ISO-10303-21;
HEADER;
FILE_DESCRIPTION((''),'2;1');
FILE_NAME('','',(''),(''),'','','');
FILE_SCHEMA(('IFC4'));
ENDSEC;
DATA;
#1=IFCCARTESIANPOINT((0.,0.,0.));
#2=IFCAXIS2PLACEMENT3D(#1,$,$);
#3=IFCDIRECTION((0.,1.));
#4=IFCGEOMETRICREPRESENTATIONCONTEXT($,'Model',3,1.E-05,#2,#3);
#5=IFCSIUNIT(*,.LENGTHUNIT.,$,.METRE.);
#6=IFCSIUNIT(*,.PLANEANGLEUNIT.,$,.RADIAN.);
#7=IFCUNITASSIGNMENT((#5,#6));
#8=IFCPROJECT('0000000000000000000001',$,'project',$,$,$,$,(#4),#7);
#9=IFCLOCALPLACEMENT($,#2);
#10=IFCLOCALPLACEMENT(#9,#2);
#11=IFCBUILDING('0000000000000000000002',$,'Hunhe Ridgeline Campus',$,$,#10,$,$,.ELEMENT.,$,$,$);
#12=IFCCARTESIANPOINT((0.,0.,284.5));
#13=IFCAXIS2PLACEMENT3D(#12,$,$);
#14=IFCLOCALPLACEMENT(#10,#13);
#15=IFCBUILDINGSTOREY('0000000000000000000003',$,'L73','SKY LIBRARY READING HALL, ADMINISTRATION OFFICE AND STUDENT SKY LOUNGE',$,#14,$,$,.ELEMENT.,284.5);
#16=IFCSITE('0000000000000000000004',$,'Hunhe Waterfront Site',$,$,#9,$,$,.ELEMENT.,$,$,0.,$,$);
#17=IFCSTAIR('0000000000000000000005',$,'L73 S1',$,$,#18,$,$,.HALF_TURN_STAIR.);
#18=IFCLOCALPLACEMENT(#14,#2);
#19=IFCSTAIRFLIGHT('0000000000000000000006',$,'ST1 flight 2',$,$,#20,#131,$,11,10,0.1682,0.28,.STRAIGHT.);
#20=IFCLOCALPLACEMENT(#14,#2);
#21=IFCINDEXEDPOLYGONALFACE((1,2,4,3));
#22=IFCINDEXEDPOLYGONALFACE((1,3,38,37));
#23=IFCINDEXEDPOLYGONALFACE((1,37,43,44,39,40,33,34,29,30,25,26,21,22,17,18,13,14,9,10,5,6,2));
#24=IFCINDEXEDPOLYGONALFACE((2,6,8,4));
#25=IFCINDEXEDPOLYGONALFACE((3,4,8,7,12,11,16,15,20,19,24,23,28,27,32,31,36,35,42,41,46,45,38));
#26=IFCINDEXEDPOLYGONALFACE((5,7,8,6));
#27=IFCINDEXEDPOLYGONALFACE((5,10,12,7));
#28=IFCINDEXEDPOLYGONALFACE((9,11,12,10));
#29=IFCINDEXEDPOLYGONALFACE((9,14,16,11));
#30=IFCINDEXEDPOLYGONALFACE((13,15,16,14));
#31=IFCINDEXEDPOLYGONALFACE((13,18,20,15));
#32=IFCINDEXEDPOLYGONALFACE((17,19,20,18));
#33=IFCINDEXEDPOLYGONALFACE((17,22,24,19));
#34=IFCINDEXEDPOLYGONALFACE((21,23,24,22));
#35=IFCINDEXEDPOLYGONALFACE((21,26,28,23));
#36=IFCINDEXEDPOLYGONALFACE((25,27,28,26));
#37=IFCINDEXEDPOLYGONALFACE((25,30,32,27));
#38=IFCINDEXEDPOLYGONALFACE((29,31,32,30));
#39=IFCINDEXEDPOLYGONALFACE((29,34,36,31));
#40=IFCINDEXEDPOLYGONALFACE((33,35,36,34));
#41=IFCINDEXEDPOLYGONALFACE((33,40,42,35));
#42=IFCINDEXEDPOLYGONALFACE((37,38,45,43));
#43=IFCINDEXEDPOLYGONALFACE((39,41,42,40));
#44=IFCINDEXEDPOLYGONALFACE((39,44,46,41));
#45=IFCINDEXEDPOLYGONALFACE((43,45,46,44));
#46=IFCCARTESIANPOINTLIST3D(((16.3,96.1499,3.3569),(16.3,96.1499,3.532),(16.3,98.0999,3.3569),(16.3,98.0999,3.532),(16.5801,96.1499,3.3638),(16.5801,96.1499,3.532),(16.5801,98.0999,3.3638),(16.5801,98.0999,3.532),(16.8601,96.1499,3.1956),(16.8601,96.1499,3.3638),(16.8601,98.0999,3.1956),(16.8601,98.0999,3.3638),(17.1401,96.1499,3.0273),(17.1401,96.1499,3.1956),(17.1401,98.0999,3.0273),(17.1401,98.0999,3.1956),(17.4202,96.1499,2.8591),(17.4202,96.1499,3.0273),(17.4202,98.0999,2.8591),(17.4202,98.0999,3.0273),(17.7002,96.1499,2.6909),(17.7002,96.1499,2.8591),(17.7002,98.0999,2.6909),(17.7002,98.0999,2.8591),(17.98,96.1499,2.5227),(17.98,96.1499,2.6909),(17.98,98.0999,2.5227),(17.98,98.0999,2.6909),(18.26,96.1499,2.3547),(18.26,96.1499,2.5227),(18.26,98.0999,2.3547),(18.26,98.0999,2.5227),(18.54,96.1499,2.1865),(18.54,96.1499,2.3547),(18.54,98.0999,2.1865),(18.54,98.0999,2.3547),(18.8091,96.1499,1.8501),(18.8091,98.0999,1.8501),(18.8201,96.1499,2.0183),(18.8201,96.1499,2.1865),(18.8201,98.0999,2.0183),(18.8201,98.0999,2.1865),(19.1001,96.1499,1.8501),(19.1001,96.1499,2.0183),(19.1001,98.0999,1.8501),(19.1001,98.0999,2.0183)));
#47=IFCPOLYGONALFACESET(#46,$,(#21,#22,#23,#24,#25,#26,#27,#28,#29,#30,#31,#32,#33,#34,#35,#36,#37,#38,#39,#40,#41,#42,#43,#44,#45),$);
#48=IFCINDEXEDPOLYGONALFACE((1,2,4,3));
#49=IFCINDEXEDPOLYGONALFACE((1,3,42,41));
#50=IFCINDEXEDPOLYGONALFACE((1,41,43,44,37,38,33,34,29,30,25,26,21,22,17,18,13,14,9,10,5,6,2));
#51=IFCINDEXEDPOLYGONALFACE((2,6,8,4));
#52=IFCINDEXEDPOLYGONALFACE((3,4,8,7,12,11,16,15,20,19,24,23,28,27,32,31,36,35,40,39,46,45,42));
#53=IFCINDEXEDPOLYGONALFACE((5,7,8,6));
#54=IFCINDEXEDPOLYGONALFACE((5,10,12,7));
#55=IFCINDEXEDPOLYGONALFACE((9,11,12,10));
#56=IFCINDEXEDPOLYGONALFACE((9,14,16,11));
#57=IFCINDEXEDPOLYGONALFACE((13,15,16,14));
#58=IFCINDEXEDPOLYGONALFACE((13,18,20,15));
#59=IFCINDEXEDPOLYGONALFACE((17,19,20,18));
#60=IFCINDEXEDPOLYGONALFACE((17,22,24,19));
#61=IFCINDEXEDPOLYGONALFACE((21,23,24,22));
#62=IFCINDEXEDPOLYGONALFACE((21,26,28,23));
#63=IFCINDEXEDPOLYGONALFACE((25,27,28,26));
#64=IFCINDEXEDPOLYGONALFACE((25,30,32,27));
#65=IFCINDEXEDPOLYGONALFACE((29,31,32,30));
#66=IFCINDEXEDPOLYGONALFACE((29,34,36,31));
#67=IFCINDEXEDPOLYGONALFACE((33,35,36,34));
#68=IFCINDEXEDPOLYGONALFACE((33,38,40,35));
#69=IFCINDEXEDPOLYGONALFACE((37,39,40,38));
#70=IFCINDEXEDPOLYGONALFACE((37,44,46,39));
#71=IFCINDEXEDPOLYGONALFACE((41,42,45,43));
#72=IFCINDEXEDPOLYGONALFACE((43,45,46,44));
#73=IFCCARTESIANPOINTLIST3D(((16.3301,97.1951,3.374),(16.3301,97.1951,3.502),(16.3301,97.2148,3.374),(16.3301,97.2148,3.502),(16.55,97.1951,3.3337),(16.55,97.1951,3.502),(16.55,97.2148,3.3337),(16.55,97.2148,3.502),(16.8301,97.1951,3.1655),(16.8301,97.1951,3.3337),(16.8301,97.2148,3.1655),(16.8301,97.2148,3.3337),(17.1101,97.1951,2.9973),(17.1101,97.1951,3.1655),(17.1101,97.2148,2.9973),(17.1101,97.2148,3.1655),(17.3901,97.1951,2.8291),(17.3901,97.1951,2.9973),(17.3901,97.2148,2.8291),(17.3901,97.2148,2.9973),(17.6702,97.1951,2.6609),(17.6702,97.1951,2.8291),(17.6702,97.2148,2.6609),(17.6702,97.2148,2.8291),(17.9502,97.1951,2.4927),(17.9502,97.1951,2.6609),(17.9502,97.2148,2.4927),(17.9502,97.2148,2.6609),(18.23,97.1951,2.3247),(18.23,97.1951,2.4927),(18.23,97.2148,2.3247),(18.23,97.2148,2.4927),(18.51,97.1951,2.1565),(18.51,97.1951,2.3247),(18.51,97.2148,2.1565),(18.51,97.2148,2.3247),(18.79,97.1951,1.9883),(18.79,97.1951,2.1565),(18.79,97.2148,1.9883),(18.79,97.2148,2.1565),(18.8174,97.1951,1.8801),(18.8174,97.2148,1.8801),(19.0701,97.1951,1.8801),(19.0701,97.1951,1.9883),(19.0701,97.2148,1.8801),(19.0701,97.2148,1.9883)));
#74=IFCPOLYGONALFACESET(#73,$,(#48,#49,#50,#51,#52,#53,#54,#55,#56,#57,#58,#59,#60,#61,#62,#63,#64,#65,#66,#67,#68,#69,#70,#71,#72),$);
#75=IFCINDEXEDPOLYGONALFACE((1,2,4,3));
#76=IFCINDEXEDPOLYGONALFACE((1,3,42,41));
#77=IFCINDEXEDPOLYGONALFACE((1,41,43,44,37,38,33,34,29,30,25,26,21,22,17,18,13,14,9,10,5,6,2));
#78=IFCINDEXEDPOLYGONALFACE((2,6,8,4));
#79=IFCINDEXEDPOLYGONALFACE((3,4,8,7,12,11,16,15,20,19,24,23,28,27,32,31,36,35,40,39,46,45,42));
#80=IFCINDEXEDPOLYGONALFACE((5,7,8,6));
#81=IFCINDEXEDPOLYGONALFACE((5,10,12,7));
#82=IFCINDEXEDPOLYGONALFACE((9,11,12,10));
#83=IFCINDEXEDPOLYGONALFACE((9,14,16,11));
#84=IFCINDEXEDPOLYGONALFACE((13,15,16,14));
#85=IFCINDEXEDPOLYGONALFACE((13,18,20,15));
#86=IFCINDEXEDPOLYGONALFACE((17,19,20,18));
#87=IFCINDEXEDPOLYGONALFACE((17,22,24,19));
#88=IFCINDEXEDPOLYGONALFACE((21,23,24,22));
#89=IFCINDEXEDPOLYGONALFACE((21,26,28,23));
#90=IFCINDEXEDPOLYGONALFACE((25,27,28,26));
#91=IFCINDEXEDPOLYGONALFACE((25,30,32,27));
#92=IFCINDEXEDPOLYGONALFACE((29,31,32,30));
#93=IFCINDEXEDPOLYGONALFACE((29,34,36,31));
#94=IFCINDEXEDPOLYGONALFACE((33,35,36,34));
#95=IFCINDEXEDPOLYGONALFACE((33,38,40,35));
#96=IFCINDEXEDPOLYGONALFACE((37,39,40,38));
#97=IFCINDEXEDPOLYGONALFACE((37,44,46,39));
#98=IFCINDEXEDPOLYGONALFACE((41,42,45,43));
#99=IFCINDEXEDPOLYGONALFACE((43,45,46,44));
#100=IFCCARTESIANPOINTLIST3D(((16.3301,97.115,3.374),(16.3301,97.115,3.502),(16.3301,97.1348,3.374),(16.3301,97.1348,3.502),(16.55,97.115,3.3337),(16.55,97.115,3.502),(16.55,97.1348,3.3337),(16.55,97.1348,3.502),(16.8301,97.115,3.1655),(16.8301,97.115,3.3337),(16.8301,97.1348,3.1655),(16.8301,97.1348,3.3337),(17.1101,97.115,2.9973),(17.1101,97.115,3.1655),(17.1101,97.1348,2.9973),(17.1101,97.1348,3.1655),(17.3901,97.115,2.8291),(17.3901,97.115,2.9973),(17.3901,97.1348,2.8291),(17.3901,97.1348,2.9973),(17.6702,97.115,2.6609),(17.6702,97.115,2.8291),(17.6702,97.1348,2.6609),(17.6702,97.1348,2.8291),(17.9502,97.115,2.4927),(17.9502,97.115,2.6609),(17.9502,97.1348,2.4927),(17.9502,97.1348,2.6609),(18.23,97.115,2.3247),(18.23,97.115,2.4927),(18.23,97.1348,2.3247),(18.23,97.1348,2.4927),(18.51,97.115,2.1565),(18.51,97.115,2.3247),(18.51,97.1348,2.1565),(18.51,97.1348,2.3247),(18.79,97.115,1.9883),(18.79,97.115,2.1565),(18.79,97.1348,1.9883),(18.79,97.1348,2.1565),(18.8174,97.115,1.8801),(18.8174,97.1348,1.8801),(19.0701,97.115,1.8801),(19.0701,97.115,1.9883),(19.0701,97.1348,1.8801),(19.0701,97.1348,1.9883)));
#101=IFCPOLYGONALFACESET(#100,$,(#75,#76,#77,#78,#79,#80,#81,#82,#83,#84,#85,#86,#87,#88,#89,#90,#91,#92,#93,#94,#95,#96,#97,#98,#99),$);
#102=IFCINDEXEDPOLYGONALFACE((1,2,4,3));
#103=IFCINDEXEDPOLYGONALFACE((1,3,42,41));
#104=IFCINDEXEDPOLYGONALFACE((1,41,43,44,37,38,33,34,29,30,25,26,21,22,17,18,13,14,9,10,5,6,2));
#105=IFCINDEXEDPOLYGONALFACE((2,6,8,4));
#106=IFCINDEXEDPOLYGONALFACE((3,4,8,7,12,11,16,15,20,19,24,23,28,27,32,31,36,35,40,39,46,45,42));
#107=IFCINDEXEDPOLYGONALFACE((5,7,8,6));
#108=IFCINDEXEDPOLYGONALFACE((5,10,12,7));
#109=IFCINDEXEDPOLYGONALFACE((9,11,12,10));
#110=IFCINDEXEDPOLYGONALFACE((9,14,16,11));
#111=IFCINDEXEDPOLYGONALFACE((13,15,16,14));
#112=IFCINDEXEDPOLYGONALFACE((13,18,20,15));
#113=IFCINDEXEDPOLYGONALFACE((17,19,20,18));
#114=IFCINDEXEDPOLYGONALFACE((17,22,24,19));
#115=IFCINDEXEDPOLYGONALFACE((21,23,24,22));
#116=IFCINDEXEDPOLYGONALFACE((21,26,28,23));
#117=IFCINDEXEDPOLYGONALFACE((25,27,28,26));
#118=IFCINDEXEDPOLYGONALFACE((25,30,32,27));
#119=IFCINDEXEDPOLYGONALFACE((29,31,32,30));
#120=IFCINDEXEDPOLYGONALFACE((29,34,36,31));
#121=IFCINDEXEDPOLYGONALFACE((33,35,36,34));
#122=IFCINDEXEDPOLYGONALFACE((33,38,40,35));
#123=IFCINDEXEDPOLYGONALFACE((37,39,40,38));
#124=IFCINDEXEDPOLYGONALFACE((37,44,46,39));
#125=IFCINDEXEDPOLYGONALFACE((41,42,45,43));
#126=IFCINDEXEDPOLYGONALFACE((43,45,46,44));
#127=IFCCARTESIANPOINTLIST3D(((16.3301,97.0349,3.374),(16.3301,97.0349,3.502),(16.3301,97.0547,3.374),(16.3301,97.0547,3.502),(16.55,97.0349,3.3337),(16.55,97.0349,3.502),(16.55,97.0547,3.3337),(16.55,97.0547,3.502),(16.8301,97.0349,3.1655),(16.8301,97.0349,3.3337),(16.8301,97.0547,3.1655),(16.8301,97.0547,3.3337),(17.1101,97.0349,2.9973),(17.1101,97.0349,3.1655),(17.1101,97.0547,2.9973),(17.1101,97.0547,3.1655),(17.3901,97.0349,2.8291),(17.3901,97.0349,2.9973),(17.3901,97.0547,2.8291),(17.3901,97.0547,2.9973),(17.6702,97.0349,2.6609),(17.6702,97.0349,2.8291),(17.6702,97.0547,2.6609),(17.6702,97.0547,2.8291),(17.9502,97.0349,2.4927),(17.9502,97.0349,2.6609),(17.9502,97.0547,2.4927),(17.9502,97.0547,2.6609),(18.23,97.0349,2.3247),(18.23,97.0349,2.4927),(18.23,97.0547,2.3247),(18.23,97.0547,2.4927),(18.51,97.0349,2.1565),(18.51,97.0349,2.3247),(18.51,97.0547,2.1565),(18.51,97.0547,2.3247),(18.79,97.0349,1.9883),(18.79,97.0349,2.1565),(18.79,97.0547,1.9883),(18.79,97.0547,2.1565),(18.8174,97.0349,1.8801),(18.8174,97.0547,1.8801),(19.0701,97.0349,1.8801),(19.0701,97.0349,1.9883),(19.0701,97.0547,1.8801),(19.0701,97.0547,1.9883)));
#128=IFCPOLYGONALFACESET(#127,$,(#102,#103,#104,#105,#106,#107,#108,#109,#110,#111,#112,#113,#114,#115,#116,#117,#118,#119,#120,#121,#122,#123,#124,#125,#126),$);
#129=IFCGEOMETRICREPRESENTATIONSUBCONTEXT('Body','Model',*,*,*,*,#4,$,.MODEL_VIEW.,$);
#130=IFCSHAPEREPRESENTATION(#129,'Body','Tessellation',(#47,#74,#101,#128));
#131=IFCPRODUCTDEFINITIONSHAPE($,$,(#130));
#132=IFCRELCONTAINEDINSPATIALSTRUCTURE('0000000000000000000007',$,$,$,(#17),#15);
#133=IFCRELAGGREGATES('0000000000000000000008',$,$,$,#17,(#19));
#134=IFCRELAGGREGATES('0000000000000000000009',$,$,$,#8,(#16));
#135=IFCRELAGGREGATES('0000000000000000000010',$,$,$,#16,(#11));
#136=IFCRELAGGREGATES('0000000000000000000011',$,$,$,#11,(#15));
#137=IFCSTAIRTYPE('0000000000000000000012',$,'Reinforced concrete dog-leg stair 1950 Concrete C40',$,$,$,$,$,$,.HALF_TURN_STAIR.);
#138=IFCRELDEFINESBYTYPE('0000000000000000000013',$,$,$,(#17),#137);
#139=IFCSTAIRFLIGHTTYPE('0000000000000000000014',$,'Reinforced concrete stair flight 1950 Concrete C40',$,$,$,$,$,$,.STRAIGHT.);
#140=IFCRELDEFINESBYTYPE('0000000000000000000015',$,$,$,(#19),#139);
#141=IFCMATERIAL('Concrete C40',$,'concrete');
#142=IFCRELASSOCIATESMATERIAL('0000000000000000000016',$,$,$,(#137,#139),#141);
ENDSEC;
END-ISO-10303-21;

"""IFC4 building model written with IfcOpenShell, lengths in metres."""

from ifc_helpers import new_model, si_unit, direction, frame, origin, place, context, subcontext, project, spatial, polyline, outline, extrude, material, type_object, element, aggregate, save


model = new_model("IFC4")

# Units and contexts
model_context = context("Model", 3, precision=1e-05, world=origin(), true_north=direction((0.0, 1.0)))
body_context = subcontext(model_context, "Body", "Model", "MODEL_VIEW")
ifc_project = project(units=[si_unit("LENGTHUNIT", "METRE"), si_unit("PLANEANGLEUNIT", "RADIAN")], contexts=[model_context])

# Site, building, storey
site_placement = place(None, origin())
site = spatial("IfcSite", under=ifc_project, at=site_placement, Name="Hunhe Waterfront Site", CompositionType="ELEMENT", RefElevation=0.0)
building_placement = place(site_placement, origin())
building = spatial("IfcBuilding", under=site, at=building_placement, Name="Hunhe Ridgeline Campus", CompositionType="ELEMENT")
storey_placement = place(building_placement, frame((0.0, 0.0, 284.5)))
storey = spatial("IfcBuildingStorey", under=building, at=storey_placement, Name="L73", Description="SKY LIBRARY READING HALL, ADMINISTRATION OFFICE AND STUDENT SKY LOUNGE", CompositionType="ELEMENT", Elevation=284.5)

# Stair, stair flight
ifc_material_1 = material(Name="Concrete C40", Category="concrete")
stair_type = type_object("IfcStairType", Name="Reinforced concrete dog-leg stair 1950 Concrete C40", PredefinedType="HALF_TURN_STAIR", material=ifc_material_1)
stair_placement = place(storey_placement, origin())
stair = element("IfcStair", 1, at=stair_placement, inside=storey, type_object=stair_type, Name="L73 S1", PredefinedType="HALF_TURN_STAIR")
stair_flight_type = type_object("IfcStairFlightType", Name="Reinforced concrete stair flight 1950 Concrete C40", PredefinedType="STRAIGHT", material=ifc_material_1)
stair_flight_1_placement = place(storey_placement, frame((19.1001, 97.125, 1.8501), z_axis=(0.0, 0.0, 1.0), x_axis=(-1.0, 0.0, 0.0)))
stair_flight_1 = element("IfcStairFlight", 2, at=stair_flight_1_placement, type_object=stair_flight_type, Name="ST1 flight 2", NumberOfRisers=11, NumberOfTreads=10, PredefinedType="STRAIGHT", RiserHeight=0.1682, TreadLength=0.28, context=body_context, shape_type="SweptSolid", body=[
    extrude(outline(polyline([(0.0, 0.0), (0.0, 0.1682), (0.28, 0.1682), (0.28, 0.3364), (0.5601, 0.3364), (0.5601, 0.5046), (0.8401, 0.5046), (0.8401, 0.6726), (1.1201, 0.6726), (1.1201, 0.8408), (1.3999, 0.8408), (1.3999, 1.009), (1.6799, 1.009), (1.6799, 1.1772), (1.96, 1.1772), (1.96, 1.3455), (2.24, 1.3455), (2.24, 1.5137), (2.52, 1.5137), (2.52, 1.6819), (2.8, 1.6819), (2.8, 1.8501), (2.8, 1.5068), (0.291, 0.0), (0.0, 0.0)])), frame((0.0, 0.9751, 0.0), z_axis=(0.0, -1.0, 0.0), x_axis=(1.0, 0.0, 0.0)), (0.0, 0.0, 1.0), 1.95),
    extrude(outline(polyline([(0.03, 0.03), (0.03, 0.1382), (0.3101, 0.1382), (0.3101, 0.3064), (0.5901, 0.3064), (0.5901, 0.4746), (0.8701, 0.4746), (0.8701, 0.6426), (1.1499, 0.6426), (1.1499, 0.8108), (1.4299, 0.8108), (1.4299, 0.979), (1.71, 0.979), (1.71, 1.1472), (1.99, 1.1472), (1.99, 1.3154), (2.27, 1.3154), (2.27, 1.4836), (2.55, 1.4836), (2.55, 1.6519), (2.77, 1.6519), (2.77, 1.5239), (0.2827, 0.03), (0.03, 0.03)])), frame((0.0, -0.0701, 0.0), z_axis=(0.0, -1.0, 0.0), x_axis=(1.0, 0.0, 0.0)), (0.0, 0.0, 1.0), 0.0198),
    extrude(outline(polyline([(0.03, 0.03), (0.03, 0.1382), (0.3101, 0.1382), (0.3101, 0.3064), (0.5901, 0.3064), (0.5901, 0.4746), (0.8701, 0.4746), (0.8701, 0.6426), (1.1499, 0.6426), (1.1499, 0.8108), (1.4299, 0.8108), (1.4299, 0.979), (1.71, 0.979), (1.71, 1.1472), (1.99, 1.1472), (1.99, 1.3154), (2.27, 1.3154), (2.27, 1.4836), (2.55, 1.4836), (2.55, 1.6519), (2.77, 1.6519), (2.77, 1.5239), (0.2827, 0.03), (0.03, 0.03)])), frame((0.0, 0.01, 0.0), z_axis=(0.0, -1.0, 0.0), x_axis=(1.0, 0.0, 0.0)), (0.0, 0.0, 1.0), 0.0198),
    extrude(outline(polyline([(0.03, 0.03), (0.03, 0.1382), (0.3101, 0.1382), (0.3101, 0.3064), (0.5901, 0.3064), (0.5901, 0.4746), (0.8701, 0.4746), (0.8701, 0.6426), (1.1499, 0.6426), (1.1499, 0.8108), (1.4299, 0.8108), (1.4299, 0.979), (1.71, 0.979), (1.71, 1.1472), (1.99, 1.1472), (1.99, 1.3154), (2.27, 1.3154), (2.27, 1.4836), (2.55, 1.4836), (2.55, 1.6519), (2.77, 1.6519), (2.77, 1.5239), (0.2827, 0.03), (0.03, 0.03)])), frame((0.0, 0.0901, 0.0), z_axis=(0.0, -1.0, 0.0), x_axis=(1.0, 0.0, 0.0)), (0.0, 0.0, 1.0), 0.0198),
])
aggregate(stair, [stair_flight_1])

save(model, "model.ifc")
